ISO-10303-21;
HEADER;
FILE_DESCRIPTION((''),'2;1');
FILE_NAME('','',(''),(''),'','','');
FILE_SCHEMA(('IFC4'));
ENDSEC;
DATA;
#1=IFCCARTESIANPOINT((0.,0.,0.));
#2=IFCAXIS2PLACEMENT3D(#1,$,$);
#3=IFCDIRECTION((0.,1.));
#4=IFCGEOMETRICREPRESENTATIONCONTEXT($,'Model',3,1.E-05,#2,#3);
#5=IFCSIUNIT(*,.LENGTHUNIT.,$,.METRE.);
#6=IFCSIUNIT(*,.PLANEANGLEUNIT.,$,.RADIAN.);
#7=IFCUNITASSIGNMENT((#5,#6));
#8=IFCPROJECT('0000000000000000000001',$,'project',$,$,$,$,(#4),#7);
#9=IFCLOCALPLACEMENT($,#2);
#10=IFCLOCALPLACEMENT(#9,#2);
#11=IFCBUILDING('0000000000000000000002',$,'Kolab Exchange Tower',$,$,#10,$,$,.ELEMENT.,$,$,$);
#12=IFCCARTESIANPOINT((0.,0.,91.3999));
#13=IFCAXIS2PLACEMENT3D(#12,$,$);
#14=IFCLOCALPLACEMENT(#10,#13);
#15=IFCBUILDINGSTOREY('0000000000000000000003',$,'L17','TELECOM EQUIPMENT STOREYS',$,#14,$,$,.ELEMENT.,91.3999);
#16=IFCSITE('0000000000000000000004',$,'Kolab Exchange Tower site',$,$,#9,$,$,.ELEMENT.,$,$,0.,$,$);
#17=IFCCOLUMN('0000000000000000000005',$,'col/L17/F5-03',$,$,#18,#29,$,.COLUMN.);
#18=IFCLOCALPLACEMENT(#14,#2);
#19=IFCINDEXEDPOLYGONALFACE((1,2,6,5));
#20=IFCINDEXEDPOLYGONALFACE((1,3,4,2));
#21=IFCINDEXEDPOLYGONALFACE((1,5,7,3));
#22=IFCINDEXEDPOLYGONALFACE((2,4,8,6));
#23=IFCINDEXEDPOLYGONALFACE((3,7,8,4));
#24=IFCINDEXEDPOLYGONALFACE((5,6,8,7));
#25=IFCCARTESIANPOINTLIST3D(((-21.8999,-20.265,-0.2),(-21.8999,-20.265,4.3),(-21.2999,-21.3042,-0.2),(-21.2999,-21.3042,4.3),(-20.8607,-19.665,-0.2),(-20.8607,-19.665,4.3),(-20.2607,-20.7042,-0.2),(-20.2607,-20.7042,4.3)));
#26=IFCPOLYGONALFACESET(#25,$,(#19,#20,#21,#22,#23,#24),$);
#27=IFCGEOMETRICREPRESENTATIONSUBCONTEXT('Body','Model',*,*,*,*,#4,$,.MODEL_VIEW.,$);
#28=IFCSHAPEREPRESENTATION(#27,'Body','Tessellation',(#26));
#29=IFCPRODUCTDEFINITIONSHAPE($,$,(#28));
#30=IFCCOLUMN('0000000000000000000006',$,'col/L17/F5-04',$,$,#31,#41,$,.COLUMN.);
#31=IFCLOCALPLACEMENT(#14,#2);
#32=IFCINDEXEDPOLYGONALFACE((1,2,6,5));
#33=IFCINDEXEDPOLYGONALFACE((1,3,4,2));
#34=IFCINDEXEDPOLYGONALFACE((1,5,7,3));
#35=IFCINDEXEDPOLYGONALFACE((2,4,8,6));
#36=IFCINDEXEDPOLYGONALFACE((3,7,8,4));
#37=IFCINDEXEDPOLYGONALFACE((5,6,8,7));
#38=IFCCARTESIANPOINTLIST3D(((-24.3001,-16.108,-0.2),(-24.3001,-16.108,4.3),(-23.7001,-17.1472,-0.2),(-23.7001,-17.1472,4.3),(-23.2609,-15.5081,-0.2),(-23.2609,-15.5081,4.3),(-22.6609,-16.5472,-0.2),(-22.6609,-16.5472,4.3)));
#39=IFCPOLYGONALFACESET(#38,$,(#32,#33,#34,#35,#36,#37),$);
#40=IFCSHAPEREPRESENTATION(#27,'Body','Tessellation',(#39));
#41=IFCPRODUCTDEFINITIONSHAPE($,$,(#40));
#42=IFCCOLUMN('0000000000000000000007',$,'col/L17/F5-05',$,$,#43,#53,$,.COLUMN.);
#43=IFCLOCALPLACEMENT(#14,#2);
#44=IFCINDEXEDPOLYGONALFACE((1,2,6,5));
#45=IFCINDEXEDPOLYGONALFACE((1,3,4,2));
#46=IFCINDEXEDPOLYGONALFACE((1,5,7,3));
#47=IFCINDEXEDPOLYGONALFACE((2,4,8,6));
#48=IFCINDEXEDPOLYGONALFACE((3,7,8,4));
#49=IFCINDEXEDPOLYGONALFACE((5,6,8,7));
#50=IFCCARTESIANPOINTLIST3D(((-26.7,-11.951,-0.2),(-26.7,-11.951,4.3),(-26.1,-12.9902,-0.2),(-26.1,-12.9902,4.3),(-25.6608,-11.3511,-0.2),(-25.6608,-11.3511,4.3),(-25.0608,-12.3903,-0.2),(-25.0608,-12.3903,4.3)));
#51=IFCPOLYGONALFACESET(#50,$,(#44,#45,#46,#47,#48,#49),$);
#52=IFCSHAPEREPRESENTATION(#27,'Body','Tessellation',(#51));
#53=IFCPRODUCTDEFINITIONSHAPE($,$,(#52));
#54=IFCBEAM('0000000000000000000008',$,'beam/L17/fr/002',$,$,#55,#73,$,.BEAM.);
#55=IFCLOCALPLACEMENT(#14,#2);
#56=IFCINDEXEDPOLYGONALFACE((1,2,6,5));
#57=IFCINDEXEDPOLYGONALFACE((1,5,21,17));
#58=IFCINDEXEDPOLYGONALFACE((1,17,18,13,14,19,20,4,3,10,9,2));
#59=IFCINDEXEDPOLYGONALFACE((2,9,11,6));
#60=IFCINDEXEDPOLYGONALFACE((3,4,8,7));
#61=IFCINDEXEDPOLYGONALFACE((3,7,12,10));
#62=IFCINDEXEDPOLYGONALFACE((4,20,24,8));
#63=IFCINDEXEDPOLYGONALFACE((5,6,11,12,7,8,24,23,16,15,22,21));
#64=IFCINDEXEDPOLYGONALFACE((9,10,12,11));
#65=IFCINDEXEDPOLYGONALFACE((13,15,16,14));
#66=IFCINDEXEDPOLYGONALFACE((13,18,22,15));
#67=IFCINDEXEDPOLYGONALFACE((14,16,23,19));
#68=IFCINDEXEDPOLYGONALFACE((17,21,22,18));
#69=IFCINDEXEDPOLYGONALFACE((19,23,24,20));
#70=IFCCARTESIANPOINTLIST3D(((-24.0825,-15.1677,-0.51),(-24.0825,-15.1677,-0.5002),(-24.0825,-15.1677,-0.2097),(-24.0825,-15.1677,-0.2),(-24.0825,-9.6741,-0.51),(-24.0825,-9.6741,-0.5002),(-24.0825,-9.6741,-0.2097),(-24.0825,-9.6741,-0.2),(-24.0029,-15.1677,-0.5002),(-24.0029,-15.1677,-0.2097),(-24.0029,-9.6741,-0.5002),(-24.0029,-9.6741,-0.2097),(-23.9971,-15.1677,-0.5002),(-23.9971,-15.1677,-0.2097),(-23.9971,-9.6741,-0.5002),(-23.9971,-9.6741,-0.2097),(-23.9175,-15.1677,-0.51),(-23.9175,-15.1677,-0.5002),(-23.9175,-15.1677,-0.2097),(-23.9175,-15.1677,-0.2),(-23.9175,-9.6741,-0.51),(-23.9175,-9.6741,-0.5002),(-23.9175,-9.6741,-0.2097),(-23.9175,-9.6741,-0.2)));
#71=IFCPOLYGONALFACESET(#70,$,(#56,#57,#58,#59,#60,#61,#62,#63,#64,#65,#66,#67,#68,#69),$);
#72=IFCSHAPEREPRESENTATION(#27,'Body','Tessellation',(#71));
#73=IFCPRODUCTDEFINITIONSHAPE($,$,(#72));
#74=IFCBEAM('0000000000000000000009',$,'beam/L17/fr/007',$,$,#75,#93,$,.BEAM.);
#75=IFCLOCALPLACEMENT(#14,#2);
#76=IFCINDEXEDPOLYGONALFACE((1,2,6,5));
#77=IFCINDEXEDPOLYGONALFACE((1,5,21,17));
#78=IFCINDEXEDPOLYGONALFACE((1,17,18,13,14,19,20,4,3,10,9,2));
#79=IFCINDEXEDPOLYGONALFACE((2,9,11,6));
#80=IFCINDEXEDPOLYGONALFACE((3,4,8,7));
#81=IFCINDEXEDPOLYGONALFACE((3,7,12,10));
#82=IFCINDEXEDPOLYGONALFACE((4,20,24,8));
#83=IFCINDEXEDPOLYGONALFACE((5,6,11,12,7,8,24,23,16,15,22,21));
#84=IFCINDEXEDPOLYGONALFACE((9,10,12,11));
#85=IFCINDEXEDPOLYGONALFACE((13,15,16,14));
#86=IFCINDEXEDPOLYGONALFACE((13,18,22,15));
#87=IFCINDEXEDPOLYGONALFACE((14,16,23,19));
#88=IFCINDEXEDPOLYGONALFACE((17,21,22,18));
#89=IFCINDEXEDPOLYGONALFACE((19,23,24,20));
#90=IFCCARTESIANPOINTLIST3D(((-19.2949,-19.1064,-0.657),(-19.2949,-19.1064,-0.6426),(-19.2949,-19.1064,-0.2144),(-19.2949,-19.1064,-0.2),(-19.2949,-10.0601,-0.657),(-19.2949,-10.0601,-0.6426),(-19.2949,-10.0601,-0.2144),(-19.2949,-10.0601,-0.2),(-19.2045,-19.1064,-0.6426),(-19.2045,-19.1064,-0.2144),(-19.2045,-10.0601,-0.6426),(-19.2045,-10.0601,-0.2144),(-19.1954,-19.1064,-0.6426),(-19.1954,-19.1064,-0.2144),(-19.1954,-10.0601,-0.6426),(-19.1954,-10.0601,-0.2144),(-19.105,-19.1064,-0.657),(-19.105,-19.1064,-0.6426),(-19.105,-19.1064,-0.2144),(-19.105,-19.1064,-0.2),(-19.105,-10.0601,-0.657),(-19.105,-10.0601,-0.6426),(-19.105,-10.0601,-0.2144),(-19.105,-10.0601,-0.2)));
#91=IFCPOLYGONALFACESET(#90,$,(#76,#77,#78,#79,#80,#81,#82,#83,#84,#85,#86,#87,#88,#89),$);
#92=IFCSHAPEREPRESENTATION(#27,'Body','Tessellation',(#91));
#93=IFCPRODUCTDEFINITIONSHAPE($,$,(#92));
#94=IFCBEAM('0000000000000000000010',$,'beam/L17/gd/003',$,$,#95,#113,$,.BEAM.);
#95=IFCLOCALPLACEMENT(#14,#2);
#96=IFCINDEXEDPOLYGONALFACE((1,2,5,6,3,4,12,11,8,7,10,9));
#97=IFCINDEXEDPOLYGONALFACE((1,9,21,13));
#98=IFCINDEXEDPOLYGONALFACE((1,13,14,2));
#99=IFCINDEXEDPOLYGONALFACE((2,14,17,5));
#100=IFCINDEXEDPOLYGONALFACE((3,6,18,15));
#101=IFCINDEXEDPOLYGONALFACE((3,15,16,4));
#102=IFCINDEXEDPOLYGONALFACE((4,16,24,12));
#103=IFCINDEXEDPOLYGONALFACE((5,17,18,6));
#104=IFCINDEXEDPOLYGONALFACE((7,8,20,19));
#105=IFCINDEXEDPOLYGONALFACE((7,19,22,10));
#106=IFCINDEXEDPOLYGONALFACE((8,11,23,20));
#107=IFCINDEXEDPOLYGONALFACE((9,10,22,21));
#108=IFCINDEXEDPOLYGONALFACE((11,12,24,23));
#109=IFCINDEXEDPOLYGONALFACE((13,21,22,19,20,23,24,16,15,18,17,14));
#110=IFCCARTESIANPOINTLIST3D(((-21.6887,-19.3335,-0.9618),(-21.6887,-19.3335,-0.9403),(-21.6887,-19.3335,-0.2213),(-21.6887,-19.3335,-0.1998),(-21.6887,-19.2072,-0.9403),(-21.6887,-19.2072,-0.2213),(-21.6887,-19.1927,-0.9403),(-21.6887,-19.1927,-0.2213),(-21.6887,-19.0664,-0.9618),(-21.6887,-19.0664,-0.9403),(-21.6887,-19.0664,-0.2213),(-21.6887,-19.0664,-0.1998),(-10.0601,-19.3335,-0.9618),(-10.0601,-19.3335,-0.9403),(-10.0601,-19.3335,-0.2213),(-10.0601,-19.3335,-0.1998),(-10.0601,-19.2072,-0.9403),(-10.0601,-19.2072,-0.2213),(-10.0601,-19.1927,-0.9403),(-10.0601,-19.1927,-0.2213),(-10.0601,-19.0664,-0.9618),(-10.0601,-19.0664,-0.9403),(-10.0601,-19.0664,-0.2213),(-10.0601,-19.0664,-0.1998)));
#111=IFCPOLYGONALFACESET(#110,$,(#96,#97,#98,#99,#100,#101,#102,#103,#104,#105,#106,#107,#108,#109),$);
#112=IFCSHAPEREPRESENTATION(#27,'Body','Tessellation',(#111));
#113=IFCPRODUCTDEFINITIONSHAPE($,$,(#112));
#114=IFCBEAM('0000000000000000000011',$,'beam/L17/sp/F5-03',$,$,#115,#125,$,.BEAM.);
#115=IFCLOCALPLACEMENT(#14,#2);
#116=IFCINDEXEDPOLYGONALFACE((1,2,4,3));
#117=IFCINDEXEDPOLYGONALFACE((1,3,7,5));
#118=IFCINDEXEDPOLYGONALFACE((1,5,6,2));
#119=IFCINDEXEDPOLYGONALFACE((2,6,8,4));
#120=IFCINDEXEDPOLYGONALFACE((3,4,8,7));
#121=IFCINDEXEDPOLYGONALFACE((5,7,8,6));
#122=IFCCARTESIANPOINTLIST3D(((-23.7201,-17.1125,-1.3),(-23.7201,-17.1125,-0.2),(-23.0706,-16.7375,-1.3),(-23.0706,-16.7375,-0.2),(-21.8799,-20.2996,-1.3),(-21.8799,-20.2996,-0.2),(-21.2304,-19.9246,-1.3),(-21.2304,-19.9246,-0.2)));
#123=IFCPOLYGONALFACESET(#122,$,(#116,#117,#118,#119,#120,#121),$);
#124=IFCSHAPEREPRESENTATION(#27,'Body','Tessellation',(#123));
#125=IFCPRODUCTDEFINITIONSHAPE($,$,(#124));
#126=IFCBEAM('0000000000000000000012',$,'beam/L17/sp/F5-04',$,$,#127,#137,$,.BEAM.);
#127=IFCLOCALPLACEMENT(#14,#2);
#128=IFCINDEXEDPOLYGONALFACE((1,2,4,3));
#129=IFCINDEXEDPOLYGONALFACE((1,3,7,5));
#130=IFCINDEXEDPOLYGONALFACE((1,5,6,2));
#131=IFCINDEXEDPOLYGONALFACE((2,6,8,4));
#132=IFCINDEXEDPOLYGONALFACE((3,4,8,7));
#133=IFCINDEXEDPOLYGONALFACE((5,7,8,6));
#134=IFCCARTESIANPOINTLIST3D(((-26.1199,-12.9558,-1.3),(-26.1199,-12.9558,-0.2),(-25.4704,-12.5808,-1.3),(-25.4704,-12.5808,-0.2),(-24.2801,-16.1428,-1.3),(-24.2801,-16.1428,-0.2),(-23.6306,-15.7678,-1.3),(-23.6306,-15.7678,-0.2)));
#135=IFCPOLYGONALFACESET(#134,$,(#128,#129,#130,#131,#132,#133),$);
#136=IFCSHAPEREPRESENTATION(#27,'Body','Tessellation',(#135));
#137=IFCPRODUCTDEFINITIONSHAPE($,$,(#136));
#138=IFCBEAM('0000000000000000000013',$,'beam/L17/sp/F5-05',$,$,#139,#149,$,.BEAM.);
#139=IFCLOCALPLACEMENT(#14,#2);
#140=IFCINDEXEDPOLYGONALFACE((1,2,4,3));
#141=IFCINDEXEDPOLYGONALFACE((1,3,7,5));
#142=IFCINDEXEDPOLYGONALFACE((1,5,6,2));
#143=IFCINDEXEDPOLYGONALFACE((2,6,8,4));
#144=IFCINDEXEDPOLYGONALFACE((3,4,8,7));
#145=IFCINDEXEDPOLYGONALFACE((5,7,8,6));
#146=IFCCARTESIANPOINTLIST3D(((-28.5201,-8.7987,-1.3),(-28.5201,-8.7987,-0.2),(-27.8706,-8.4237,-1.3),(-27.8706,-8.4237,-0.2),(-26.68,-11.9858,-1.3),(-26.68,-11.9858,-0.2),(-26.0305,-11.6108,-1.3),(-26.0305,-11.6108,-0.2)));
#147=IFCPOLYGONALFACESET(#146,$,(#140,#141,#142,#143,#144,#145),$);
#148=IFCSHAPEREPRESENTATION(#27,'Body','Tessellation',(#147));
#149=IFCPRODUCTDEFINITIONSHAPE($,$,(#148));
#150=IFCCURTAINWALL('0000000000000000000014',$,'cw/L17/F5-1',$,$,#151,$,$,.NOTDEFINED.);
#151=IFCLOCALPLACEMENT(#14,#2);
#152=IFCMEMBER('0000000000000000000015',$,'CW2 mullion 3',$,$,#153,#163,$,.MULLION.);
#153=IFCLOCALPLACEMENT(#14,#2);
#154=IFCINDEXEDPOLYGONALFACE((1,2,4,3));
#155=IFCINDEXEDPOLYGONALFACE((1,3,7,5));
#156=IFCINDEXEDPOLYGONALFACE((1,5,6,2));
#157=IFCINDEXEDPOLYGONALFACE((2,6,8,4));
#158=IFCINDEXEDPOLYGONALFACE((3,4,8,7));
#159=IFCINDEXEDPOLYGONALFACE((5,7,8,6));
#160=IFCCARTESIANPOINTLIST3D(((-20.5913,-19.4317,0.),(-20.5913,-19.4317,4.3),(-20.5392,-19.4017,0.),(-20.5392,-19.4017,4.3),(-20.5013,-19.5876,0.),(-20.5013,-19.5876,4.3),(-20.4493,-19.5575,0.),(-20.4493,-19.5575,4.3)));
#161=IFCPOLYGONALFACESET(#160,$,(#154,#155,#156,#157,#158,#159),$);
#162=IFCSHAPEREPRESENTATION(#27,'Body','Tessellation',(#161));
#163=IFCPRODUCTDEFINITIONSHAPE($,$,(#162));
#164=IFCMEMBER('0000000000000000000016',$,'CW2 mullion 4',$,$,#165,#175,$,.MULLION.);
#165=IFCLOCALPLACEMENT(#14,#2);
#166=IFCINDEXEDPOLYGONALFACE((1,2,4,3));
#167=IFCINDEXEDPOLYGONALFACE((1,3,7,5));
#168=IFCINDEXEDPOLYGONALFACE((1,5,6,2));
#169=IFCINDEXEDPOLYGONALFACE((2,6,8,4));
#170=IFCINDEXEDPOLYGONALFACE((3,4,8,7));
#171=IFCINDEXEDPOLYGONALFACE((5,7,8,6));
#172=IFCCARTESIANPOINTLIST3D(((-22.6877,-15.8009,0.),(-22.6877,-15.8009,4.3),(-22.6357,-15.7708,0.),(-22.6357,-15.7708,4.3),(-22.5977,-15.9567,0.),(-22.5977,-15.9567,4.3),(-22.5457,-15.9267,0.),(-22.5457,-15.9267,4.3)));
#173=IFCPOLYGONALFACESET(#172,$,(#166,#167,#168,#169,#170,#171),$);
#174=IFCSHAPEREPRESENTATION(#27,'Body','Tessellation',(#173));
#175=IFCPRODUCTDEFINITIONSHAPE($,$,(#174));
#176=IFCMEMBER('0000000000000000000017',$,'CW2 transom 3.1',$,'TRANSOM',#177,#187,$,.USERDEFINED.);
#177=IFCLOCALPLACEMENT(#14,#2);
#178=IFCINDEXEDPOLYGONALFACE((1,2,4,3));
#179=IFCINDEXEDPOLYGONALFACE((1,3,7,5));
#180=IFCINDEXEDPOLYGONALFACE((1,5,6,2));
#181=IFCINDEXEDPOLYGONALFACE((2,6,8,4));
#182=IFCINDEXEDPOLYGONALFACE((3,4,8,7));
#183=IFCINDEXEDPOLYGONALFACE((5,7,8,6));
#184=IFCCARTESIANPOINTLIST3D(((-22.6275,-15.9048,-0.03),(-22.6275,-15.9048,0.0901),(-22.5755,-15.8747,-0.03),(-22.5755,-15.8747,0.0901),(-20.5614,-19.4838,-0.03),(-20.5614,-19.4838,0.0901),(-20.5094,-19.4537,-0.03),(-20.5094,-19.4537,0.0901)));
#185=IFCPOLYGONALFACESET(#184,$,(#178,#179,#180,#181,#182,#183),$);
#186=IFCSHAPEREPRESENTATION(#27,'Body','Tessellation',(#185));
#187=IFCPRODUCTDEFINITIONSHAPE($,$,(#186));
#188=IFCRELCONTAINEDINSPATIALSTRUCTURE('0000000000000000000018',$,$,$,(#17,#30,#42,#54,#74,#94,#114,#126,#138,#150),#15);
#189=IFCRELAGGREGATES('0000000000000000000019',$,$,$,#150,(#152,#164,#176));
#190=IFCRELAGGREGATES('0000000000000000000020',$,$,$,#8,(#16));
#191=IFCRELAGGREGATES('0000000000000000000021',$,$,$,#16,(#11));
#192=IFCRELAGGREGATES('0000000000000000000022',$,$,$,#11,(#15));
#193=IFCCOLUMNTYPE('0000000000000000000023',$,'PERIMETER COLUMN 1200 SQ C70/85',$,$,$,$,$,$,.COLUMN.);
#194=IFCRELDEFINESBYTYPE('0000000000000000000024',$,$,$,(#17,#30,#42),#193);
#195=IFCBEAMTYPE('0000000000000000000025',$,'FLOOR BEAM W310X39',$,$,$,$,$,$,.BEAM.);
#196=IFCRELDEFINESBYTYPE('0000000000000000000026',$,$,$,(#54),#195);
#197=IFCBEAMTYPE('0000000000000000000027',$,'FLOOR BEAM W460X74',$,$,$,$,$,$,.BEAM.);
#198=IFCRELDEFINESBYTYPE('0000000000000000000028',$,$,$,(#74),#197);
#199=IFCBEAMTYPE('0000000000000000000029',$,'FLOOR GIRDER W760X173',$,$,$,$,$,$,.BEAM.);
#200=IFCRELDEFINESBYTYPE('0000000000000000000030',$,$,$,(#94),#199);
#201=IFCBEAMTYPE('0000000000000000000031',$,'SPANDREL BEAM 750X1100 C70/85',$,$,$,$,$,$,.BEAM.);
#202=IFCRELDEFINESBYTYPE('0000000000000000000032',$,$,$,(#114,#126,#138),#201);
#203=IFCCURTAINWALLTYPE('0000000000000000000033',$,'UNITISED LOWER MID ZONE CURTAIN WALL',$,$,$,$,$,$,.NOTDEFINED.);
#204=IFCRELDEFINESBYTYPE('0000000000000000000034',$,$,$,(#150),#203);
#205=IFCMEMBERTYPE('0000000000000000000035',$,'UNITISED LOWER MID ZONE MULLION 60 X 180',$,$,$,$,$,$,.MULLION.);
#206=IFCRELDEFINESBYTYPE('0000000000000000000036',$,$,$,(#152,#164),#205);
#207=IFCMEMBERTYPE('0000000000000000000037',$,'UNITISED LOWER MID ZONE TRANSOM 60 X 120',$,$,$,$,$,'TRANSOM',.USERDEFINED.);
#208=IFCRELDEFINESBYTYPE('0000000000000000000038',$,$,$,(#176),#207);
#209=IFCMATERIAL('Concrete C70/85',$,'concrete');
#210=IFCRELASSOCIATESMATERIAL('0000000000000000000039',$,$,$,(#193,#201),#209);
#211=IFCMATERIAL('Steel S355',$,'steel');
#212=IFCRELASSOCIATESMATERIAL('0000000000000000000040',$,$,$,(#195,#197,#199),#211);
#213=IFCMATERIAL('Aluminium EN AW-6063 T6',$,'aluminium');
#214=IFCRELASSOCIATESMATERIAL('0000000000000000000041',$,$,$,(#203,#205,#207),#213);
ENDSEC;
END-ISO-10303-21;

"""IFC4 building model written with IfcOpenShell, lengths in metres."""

from ifc_helpers import new_model, si_unit, direction, frame, origin, origin_2d, place, context, subcontext, project, spatial, rectangle, i_section, extrude, material, material_profile, profile_set, type_object, element, aggregate, save


model = new_model("IFC4")

# Units and contexts
model_context = context("Model", 3, precision=1e-05, world=origin(), true_north=direction((0.0, 1.0)))
body_context = subcontext(model_context, "Body", "Model", "MODEL_VIEW")
ifc_project = project(units=[si_unit("LENGTHUNIT", "METRE"), si_unit("PLANEANGLEUNIT", "RADIAN")], contexts=[model_context])

# Site, building, storey
site_placement = place(None, origin())
site = spatial("IfcSite", under=ifc_project, at=site_placement, Name="Kolab Exchange Tower site", CompositionType="ELEMENT", RefElevation=0.0)
building_placement = place(site_placement, origin())
building = spatial("IfcBuilding", under=site, at=building_placement, Name="Kolab Exchange Tower", CompositionType="ELEMENT")
storey_placement = place(building_placement, frame((0.0, 0.0, 91.3999)))
storey = spatial("IfcBuildingStorey", under=building, at=storey_placement, Name="L17", Description="TELECOM EQUIPMENT STOREYS", CompositionType="ELEMENT", Elevation=91.3999)

# Columns
ifc_material_1 = material(Name="Concrete C70/85", Category="concrete")
ifc_material_profile_1 = material_profile(ifc_material_1, rectangle(XDim=1.2, YDim=1.2, at=origin_2d()), Name="RC1200")
ifc_profile_set_1 = profile_set([ifc_material_profile_1], Name="Concrete C70/85")
column_type = type_object("IfcColumnType", Name="PERIMETER COLUMN 1200 SQ C70/85", PredefinedType="COLUMN", material=ifc_profile_set_1)
for number, where, z_axis, x_axis, name in (
    (1, (-21.0803, -20.4846, -0.2), (0.0, 0.0, 1.0), (0.866025, 0.5, 0.0), "col/L17/F5-03"),
    (2, (-23.4805, -16.3276, -0.2), (0.0, 0.0, 1.0), (0.866025, 0.5, 0.0), "col/L17/F5-04"),
    (3, (-25.8804, -12.1707, -0.2), (0.0, 0.0, 1.0), (0.866025, 0.5, 0.0), "col/L17/F5-05"),
):
    element("IfcColumn", number, at=place(storey_placement, frame(where, z_axis=z_axis, x_axis=x_axis)), inside=storey, type_object=column_type, Name=name, PredefinedType="COLUMN", context=body_context, shape_type="SweptSolid", body=[
        extrude(rectangle(XDim=1.2, YDim=1.2, at=origin_2d()), origin(), (0.0, 0.0, 1.0), 4.5),
    ])

# Beams
ifc_material_2 = material(Name="Steel S355", Category="steel")
ifc_material_profile_2 = material_profile(ifc_material_2, i_section(OverallWidth=0.165, OverallDepth=0.3101, WebThickness=0.0059, FlangeThickness=0.0098, at=origin_2d()), Name="W310X39")
ifc_profile_set_2 = profile_set([ifc_material_profile_2], Name="Steel S355")
beam_type_1 = type_object("IfcBeamType", Name="FLOOR BEAM W310X39", PredefinedType="BEAM", material=ifc_profile_set_2)
beam_1_placement = place(storey_placement, frame((-24.0, -15.1677, -0.355), z_axis=(0.0, 1.0, 0.0), x_axis=(-1.0, 0.0, 0.0)))
element("IfcBeam", 4, at=beam_1_placement, inside=storey, type_object=beam_type_1, Name="beam/L17/fr/002", PredefinedType="BEAM", context=body_context, shape_type="SweptSolid", body=[
    extrude(i_section(OverallWidth=0.165, OverallDepth=0.3101, WebThickness=0.0059, FlangeThickness=0.0098, at=origin_2d()), origin(), (0.0, 0.0, 1.0), 5.4937),
])
ifc_material_profile_3 = material_profile(ifc_material_2, i_section(OverallWidth=0.1899, OverallDepth=0.457, WebThickness=0.009, FlangeThickness=0.0144, at=origin_2d()), Name="W460X74")
ifc_profile_set_3 = profile_set([ifc_material_profile_3], Name="Steel S355")
beam_type_2 = type_object("IfcBeamType", Name="FLOOR BEAM W460X74", PredefinedType="BEAM", material=ifc_profile_set_3)
beam_2_placement = place(storey_placement, frame((-19.2, -19.1064, -0.4285), z_axis=(0.0, 1.0, 0.0), x_axis=(-1.0, 0.0, 0.0)))
element("IfcBeam", 5, at=beam_2_placement, inside=storey, type_object=beam_type_2, Name="beam/L17/fr/007", PredefinedType="BEAM", context=body_context, shape_type="SweptSolid", body=[
    extrude(i_section(OverallWidth=0.1899, OverallDepth=0.457, WebThickness=0.009, FlangeThickness=0.0144, at=origin_2d()), origin(), (0.0, 0.0, 1.0), 9.0464),
])
ifc_material_profile_4 = material_profile(ifc_material_2, i_section(OverallWidth=0.2671, OverallDepth=0.762, WebThickness=0.0144, FlangeThickness=0.0215, at=origin_2d()), Name="W760X173")
ifc_profile_set_4 = profile_set([ifc_material_profile_4], Name="Steel S355")
beam_type_3 = type_object("IfcBeamType", Name="FLOOR GIRDER W760X173", PredefinedType="BEAM", material=ifc_profile_set_4)
beam_3_placement = place(storey_placement, frame((-21.6887, -19.2, -0.5808), z_axis=(1.0, 0.0, 0.0), x_axis=(0.0, 1.0, 0.0)))
element("IfcBeam", 6, at=beam_3_placement, inside=storey, type_object=beam_type_3, Name="beam/L17/gd/003", PredefinedType="BEAM", context=body_context, shape_type="SweptSolid", body=[
    extrude(i_section(OverallWidth=0.2671, OverallDepth=0.762, WebThickness=0.0144, FlangeThickness=0.0215, at=origin_2d()), origin(), (0.0, 0.0, 1.0), 11.6287),
])
ifc_material_profile_5 = material_profile(ifc_material_1, rectangle(XDim=0.75, YDim=1.1001, at=origin_2d()), Name="RC750X1100")
ifc_profile_set_5 = profile_set([ifc_material_profile_5], Name="Concrete C70/85")
beam_type_4 = type_object("IfcBeamType", Name="SPANDREL BEAM 750X1100 C70/85", PredefinedType="BEAM", material=ifc_profile_set_5)
beam_4_placement = place(storey_placement, frame((-21.5552, -20.1121, -0.75), z_axis=(-0.500013, 0.866018, 0.0), x_axis=(-0.866018, -0.500013, 0.0)))
element("IfcBeam", 7, at=beam_4_placement, inside=storey, type_object=beam_type_4, Name="beam/L17/sp/F5-03", PredefinedType="BEAM", context=body_context, shape_type="SweptSolid", body=[
    extrude(rectangle(XDim=0.75, YDim=1.1001, at=origin_2d()), origin(), (0.0, 0.0, 1.0), 3.6802),
])
beam_5_placement = place(storey_placement, frame((-23.9553, -15.9553, -0.75), z_axis=(-0.499964, 0.866046, 0.0), x_axis=(-0.866046, -0.499964, 0.0)))
element("IfcBeam", 8, at=beam_5_placement, inside=storey, type_object=beam_type_4, Name="beam/L17/sp/F5-04", PredefinedType="BEAM", context=body_context, shape_type="SweptSolid", body=[
    extrude(rectangle(XDim=0.75, YDim=1.1001, at=origin_2d()), origin(), (0.0, 0.0, 1.0), 3.6799),
])
beam_6_placement = place(storey_placement, frame((-26.3552, -11.7983, -0.75), z_axis=(-0.500013, 0.866018, 0.0), x_axis=(-0.866018, -0.500013, 0.0)))
element("IfcBeam", 9, at=beam_6_placement, inside=storey, type_object=beam_type_4, Name="beam/L17/sp/F5-05", PredefinedType="BEAM", context=body_context, shape_type="SweptSolid", body=[
    extrude(rectangle(XDim=0.75, YDim=1.1001, at=origin_2d()), origin(), (0.0, 0.0, 1.0), 3.6802),
])

# Curtain wall, members
ifc_material_3 = material(Name="Aluminium EN AW-6063 T6", Category="aluminium")
curtain_wall_type = type_object("IfcCurtainWallType", Name="UNITISED LOWER MID ZONE CURTAIN WALL", PredefinedType="NOTDEFINED", material=ifc_material_3)
curtain_wall_placement = place(storey_placement, origin())
curtain_wall = element("IfcCurtainWall", 10, at=curtain_wall_placement, inside=storey, type_object=curtain_wall_type, Name="cw/L17/F5-1", PredefinedType="NOTDEFINED")
ifc_material_profile_6 = material_profile(ifc_material_3, rectangle(XDim=0.0601, YDim=0.1799, at=origin_2d()), Name="RECT 60X180")
ifc_profile_set_6 = profile_set([ifc_material_profile_6], Name="Aluminium EN AW-6063 T6")
member_type_1 = type_object("IfcMemberType", Name="UNITISED LOWER MID ZONE MULLION 60 X 180", PredefinedType="MULLION", material=ifc_profile_set_6)
member_1_placement = place(storey_placement, frame((-20.5203, -19.4946, 0.0), z_axis=(0.0, 0.0, 1.0), x_axis=(-0.866025, -0.5, 0.0)))
member_1 = element("IfcMember", 11, at=member_1_placement, type_object=member_type_1, Name="CW2 mullion 3", PredefinedType="MULLION", context=body_context, shape_type="SweptSolid", body=[
    extrude(rectangle(XDim=0.0601, YDim=0.1799, at=origin_2d()), origin(), (0.0, 0.0, 1.0), 4.3),
])
member_2_placement = place(storey_placement, frame((-22.6167, -15.8638, 0.0), z_axis=(0.0, 0.0, 1.0), x_axis=(-0.866025, -0.5, 0.0)))
member_2 = element("IfcMember", 12, at=member_2_placement, type_object=member_type_1, Name="CW2 mullion 4", PredefinedType="MULLION", context=body_context, shape_type="SweptSolid", body=[
    extrude(rectangle(XDim=0.0601, YDim=0.1799, at=origin_2d()), origin(), (0.0, 0.0, 1.0), 4.3),
])
ifc_material_profile_7 = material_profile(ifc_material_3, rectangle(XDim=0.0601, YDim=0.1201, at=origin_2d()), Name="RECT 60X120")
ifc_profile_set_7 = profile_set([ifc_material_profile_7], Name="Aluminium EN AW-6063 T6")
member_type_2 = type_object("IfcMemberType", Name="UNITISED LOWER MID ZONE TRANSOM 60 X 120", ElementType="TRANSOM", PredefinedType="USERDEFINED", material=ifc_profile_set_7)
member_3_placement = place(storey_placement, frame((-20.5354, -19.4688, 0.03), z_axis=(-0.499958, 0.86605, 0.0), x_axis=(-0.86605, -0.499958, 0.0)))
member_3 = element("IfcMember", 13, at=member_3_placement, type_object=member_type_2, Name="CW2 transom 3.1", ObjectType="TRANSOM", PredefinedType="USERDEFINED", context=body_context, shape_type="SweptSolid", body=[
    extrude(rectangle(XDim=0.0601, YDim=0.1201, at=origin_2d()), origin(), (0.0, 0.0, 1.0), 4.1326),
])
aggregate(curtain_wall, [member_1, member_2, member_3])

save(model, "model.ifc")
